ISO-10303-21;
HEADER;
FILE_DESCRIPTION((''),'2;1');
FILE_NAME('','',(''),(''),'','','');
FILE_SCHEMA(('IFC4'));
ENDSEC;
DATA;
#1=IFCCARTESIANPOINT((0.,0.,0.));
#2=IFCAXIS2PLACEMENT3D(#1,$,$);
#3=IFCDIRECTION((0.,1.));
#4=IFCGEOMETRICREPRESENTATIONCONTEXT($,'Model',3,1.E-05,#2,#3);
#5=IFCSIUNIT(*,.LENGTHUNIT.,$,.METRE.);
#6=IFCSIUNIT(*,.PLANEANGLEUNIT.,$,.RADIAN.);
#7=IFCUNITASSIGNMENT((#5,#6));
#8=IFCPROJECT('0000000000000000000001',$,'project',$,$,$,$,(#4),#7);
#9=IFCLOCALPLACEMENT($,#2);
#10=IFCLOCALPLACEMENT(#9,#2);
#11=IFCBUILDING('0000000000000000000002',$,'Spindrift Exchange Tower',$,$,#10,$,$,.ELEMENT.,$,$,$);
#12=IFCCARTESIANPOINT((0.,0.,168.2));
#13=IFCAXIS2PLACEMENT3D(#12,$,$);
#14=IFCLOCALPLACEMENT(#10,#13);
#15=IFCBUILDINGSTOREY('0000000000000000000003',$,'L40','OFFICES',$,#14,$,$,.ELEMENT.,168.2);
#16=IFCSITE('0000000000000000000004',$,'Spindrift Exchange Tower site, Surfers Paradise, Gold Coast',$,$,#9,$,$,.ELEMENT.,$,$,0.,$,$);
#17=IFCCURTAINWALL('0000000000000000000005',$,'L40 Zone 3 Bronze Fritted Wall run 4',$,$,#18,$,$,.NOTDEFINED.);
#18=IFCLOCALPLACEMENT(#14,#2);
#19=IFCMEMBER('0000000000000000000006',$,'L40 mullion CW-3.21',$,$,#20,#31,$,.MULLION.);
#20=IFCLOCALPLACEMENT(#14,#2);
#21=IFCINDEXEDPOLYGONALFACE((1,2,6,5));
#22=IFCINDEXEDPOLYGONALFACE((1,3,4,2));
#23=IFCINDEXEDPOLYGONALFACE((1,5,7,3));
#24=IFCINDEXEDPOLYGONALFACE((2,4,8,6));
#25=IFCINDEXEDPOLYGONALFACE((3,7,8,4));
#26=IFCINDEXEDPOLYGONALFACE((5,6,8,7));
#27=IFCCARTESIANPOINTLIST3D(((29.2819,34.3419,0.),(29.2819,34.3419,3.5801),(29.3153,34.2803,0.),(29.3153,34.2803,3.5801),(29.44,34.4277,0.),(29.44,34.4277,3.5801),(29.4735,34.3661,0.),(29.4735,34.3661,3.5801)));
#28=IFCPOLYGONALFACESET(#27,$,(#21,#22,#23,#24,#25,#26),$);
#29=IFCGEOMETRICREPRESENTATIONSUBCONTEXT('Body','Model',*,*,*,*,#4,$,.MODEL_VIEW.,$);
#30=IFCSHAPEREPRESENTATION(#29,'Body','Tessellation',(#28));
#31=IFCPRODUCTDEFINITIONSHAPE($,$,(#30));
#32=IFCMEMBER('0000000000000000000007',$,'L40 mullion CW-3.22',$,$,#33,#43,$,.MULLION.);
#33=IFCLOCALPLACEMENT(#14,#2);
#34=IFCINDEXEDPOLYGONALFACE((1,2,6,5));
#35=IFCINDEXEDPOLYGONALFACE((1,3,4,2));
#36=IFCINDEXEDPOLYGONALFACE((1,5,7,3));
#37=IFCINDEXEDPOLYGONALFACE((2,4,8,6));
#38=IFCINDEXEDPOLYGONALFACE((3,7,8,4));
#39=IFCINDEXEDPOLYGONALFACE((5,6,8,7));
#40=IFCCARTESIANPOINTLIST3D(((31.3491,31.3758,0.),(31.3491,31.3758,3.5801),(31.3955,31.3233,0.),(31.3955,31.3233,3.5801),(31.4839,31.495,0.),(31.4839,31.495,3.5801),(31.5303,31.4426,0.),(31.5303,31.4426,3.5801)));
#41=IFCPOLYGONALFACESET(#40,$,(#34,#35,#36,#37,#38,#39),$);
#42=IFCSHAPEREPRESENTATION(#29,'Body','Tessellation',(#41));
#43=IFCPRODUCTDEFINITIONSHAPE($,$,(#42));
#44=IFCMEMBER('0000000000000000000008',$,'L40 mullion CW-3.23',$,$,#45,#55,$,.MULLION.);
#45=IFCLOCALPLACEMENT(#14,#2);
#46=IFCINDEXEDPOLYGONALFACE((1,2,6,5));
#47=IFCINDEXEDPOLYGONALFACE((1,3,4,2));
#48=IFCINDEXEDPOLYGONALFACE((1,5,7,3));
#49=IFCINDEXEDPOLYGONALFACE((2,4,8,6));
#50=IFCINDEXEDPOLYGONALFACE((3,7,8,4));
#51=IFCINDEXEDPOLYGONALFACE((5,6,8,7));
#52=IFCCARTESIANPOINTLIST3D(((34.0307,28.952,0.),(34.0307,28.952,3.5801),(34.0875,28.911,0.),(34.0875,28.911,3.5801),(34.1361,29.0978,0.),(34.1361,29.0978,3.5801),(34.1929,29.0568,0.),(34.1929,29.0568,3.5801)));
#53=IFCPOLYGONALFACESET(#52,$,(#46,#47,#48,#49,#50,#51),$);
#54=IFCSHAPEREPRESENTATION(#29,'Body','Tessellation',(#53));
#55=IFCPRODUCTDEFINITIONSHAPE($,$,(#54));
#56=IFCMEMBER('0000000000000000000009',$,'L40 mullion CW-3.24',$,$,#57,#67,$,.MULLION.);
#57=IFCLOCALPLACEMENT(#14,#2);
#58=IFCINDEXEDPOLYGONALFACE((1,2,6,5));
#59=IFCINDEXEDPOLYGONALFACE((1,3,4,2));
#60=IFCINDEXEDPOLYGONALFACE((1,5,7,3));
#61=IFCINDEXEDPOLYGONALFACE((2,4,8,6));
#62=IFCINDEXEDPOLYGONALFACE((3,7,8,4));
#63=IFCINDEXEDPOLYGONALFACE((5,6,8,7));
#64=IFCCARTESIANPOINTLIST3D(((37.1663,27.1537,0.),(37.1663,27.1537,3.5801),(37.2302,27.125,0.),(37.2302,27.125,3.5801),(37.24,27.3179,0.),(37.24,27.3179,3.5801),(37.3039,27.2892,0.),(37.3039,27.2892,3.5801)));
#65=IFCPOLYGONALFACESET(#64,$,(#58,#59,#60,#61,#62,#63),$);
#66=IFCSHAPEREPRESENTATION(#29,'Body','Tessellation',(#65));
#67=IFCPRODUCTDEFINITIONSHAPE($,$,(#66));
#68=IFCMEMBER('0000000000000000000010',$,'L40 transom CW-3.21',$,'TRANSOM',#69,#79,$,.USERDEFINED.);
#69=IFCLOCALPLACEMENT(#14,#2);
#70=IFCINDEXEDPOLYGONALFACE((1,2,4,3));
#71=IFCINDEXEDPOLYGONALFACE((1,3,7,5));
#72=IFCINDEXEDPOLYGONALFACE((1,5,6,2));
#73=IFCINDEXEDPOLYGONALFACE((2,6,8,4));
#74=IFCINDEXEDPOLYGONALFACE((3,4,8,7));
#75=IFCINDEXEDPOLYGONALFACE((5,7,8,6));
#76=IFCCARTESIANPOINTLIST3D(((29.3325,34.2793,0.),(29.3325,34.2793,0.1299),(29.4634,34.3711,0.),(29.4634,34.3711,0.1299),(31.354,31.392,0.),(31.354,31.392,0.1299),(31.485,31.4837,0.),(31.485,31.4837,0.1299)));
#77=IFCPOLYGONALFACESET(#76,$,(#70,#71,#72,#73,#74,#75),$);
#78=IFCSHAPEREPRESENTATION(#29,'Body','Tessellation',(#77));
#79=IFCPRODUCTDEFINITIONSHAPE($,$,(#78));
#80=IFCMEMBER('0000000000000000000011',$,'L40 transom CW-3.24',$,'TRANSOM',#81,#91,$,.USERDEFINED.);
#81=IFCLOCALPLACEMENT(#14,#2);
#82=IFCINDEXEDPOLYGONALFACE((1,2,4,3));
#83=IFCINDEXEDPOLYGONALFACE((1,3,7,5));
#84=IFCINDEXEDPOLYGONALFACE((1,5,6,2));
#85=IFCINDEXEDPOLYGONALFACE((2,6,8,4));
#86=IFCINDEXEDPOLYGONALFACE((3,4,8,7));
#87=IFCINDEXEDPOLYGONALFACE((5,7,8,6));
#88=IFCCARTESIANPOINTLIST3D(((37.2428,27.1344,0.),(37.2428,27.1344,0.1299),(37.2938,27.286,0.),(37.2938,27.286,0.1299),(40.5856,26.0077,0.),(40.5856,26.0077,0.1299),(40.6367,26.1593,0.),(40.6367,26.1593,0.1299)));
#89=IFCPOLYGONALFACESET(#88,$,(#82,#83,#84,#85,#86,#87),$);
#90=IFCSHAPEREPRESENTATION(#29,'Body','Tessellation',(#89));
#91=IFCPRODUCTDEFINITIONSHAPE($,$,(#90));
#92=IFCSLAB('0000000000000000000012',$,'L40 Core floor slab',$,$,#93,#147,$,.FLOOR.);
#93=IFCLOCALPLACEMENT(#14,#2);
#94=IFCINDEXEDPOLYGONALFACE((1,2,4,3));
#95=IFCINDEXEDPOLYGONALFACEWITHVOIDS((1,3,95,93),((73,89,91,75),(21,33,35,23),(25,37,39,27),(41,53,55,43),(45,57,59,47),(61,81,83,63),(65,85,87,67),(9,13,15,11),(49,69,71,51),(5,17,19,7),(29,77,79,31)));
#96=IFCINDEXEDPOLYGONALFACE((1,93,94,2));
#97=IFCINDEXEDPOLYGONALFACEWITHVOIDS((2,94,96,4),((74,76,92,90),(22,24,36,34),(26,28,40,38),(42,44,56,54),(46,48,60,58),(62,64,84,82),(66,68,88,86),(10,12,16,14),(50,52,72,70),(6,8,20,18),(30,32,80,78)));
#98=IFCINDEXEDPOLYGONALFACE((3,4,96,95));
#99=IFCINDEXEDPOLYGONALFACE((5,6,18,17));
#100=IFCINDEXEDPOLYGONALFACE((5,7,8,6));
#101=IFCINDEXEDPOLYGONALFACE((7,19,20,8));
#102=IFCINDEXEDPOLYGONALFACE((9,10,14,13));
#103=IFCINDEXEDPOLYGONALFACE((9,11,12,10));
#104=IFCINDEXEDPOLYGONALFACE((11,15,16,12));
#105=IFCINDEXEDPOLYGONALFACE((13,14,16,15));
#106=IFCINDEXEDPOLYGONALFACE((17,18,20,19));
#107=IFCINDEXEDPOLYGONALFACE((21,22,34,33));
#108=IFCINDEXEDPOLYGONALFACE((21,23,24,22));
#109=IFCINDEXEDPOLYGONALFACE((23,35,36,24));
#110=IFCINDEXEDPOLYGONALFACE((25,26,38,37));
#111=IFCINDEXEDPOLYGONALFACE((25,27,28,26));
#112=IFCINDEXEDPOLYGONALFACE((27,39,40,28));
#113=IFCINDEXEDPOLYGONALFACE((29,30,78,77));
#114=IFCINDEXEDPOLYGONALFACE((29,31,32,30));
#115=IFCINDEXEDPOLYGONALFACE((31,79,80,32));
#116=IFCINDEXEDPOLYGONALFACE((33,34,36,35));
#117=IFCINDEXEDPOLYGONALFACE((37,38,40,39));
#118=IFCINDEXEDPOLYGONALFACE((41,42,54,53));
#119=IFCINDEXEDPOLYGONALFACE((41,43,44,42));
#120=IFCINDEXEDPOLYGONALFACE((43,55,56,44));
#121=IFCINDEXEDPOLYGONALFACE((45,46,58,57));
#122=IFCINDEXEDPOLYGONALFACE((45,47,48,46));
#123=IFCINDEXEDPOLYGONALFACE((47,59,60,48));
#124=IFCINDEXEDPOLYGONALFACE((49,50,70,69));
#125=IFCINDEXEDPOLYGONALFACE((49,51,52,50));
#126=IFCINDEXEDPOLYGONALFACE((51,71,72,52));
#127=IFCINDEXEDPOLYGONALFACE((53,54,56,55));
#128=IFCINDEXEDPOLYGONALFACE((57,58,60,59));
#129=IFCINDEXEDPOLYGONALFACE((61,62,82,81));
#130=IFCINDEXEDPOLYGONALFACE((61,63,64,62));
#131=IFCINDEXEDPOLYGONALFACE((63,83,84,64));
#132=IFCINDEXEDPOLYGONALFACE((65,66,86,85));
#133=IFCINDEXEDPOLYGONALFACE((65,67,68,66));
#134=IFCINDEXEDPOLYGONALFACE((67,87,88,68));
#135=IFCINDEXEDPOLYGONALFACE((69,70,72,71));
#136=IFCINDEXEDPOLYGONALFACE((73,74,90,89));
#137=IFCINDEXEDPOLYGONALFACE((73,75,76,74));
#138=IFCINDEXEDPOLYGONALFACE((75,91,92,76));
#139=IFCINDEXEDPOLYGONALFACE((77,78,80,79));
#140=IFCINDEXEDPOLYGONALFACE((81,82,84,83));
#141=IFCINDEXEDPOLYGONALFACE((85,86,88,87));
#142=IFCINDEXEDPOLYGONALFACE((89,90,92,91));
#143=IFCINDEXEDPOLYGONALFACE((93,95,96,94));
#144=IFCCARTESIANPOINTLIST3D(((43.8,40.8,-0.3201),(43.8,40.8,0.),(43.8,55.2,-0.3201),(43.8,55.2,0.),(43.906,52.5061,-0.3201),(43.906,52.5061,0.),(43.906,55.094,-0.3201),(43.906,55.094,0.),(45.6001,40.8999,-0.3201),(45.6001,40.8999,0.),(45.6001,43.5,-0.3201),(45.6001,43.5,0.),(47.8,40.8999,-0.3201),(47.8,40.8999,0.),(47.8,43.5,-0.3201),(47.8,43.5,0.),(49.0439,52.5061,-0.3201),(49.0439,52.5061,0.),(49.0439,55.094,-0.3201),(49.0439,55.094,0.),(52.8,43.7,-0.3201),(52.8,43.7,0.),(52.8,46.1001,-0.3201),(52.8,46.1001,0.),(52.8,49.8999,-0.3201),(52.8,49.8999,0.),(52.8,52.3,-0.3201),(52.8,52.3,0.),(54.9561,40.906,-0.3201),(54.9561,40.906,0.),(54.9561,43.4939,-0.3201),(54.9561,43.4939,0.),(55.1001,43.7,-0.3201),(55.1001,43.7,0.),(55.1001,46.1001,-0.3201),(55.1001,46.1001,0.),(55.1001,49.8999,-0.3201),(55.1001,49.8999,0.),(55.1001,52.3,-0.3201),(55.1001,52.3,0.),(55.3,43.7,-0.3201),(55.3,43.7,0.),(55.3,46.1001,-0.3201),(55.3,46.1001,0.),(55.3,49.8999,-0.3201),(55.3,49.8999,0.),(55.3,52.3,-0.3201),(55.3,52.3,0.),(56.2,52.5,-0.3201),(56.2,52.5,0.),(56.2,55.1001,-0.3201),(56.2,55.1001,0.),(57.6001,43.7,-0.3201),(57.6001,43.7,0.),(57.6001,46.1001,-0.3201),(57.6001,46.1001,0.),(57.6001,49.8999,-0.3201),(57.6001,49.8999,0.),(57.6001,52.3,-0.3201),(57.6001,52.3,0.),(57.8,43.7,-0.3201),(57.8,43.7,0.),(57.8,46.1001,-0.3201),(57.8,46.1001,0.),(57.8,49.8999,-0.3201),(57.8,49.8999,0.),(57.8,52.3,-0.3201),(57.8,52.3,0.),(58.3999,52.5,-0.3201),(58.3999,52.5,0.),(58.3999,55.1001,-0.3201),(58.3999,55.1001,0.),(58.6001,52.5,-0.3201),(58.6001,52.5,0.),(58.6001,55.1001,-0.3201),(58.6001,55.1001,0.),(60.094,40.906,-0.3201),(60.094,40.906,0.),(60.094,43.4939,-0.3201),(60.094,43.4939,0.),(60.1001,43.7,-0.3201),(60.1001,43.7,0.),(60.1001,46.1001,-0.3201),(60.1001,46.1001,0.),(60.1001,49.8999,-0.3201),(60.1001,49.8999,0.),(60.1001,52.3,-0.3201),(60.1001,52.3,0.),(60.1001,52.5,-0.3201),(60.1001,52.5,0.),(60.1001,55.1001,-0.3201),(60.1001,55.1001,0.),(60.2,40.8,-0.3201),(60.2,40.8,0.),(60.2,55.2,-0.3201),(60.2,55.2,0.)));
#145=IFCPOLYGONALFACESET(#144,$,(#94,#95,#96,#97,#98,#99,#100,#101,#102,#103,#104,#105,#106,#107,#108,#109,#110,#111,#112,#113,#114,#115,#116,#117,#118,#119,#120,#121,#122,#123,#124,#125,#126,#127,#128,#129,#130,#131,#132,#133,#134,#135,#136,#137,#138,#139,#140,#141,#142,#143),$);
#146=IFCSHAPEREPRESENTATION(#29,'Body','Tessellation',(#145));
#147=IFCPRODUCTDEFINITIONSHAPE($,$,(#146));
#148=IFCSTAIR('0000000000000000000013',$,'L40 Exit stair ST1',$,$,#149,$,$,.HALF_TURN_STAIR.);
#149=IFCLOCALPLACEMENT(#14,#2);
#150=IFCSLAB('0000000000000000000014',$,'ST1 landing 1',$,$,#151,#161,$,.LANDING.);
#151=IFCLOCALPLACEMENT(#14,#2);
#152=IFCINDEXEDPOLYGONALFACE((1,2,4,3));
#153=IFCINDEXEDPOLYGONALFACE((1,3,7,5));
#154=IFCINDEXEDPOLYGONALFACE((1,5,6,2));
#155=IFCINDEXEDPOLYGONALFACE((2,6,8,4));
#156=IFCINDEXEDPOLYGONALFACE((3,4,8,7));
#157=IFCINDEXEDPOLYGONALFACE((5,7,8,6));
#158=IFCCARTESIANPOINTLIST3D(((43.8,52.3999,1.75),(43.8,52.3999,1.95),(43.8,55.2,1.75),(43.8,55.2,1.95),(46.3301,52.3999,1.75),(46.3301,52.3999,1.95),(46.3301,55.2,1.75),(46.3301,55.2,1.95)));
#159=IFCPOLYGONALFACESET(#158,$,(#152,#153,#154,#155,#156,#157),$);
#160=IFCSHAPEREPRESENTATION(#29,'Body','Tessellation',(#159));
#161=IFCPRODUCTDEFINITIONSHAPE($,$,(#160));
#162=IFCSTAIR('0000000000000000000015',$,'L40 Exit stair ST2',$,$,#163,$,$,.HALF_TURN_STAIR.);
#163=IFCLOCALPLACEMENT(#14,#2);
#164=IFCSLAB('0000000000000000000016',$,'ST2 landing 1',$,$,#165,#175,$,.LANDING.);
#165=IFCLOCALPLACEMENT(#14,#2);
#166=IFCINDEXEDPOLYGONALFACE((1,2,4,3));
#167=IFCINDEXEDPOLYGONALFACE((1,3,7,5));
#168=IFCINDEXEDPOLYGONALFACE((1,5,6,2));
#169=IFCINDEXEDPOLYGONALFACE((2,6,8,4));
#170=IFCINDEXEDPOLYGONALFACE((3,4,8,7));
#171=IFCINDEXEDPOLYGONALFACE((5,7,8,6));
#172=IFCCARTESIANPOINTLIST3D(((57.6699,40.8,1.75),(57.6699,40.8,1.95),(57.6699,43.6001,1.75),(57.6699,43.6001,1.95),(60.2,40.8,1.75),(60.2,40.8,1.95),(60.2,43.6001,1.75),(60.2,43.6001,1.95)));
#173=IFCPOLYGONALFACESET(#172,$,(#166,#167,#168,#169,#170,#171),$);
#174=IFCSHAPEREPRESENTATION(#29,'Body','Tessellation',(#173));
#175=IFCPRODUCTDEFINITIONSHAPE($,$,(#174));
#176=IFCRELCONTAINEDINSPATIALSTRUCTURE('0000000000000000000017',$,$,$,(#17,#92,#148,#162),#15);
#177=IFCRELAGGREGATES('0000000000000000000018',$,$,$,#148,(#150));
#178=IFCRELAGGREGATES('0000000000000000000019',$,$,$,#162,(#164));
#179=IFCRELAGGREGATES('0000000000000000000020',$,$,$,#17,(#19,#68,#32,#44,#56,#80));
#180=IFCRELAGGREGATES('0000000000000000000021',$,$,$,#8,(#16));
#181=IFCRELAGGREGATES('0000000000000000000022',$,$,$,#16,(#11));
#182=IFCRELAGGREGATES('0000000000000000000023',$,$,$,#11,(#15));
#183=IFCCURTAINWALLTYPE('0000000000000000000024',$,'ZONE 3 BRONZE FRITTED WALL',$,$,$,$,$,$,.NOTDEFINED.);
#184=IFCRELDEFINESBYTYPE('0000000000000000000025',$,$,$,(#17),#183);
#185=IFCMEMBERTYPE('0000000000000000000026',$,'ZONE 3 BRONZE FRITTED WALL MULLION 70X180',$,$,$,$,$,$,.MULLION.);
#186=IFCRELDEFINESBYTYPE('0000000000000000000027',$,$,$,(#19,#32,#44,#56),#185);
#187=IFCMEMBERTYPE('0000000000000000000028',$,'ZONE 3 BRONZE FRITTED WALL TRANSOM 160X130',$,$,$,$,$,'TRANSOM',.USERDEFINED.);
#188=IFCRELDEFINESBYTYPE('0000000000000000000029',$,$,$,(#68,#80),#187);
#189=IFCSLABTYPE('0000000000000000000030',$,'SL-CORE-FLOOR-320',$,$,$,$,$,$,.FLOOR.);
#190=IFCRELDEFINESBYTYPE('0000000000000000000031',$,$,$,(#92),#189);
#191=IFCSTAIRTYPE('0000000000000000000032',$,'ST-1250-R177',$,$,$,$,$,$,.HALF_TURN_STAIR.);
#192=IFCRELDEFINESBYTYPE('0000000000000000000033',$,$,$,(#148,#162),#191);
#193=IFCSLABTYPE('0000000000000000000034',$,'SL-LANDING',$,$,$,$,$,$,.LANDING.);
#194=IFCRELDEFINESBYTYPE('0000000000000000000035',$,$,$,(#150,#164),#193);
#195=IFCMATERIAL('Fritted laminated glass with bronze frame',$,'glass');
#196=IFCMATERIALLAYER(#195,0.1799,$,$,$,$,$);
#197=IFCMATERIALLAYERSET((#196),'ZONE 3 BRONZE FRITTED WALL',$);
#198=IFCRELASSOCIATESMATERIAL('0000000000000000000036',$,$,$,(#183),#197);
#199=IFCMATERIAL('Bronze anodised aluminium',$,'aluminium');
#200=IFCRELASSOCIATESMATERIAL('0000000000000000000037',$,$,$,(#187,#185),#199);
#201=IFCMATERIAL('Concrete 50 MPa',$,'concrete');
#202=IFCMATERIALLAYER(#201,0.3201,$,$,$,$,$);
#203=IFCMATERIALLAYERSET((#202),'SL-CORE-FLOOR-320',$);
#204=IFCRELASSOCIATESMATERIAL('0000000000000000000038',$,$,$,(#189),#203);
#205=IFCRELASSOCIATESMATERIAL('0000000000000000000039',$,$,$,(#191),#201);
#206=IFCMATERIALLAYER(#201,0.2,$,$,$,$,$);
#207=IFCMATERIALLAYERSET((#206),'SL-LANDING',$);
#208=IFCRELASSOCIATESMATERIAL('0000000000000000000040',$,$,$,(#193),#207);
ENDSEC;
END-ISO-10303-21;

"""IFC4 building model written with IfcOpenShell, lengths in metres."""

from ifc_helpers import new_model, si_unit, direction, frame, origin, origin_2d, place, context, subcontext, project, spatial, line, indexed_curve, rectangle, outline, extrude, source, transform, mapped, material, layer, layer_set, material_profile, profile_set, type_object, element, aggregate, save


model = new_model("IFC4")

# Units and contexts
model_context = context("Model", 3, precision=1e-05, world=origin(), true_north=direction((0.0, 1.0)))
body_context = subcontext(model_context, "Body", "Model", "MODEL_VIEW")
ifc_project = project(units=[si_unit("LENGTHUNIT", "METRE"), si_unit("PLANEANGLEUNIT", "RADIAN")], contexts=[model_context])

# Site, building, storey
site_placement = place(None, origin())
site = spatial("IfcSite", under=ifc_project, at=site_placement, Name="Spindrift Exchange Tower site, Surfers Paradise, Gold Coast", CompositionType="ELEMENT", RefElevation=0.0)
building_placement = place(site_placement, origin())
building = spatial("IfcBuilding", under=site, at=building_placement, Name="Spindrift Exchange Tower", CompositionType="ELEMENT")
storey_placement = place(building_placement, frame((0.0, 0.0, 168.2)))
storey = spatial("IfcBuildingStorey", under=building, at=storey_placement, Name="L40", Description="OFFICES", CompositionType="ELEMENT", Elevation=168.2)

# Shared definitions
ifc_material_1 = material(Name="Concrete 50 MPa", Category="concrete")

# Curtain wall, members
ifc_material_2 = material(Name="Fritted laminated glass with bronze frame", Category="glass")
ifc_layer_1 = layer(ifc_material_2, 0.1799)
ifc_layer_set_1 = layer_set([ifc_layer_1], Name="ZONE 3 BRONZE FRITTED WALL")
curtain_wall_type = type_object("IfcCurtainWallType", Name="ZONE 3 BRONZE FRITTED WALL", PredefinedType="NOTDEFINED", material=ifc_layer_set_1)
curtain_wall_placement = place(storey_placement, origin())
curtain_wall = element("IfcCurtainWall", 1, at=curtain_wall_placement, inside=storey, type_object=curtain_wall_type, Name="L40 Zone 3 Bronze Fritted Wall run 4", PredefinedType="NOTDEFINED")
ifc_material_3 = material(Name="Bronze anodised aluminium", Category="aluminium")
ifc_material_profile_1 = material_profile(ifc_material_3, rectangle(XDim=0.1599, YDim=0.1299, at=origin_2d()), Name="ZONE 3 BRONZE FRITTED WALL TRANSOM 160X130")
ifc_profile_set_1 = profile_set([ifc_material_profile_1], Name="Bronze anodised aluminium")
member_type_1 = type_object("IfcMemberType", Name="ZONE 3 BRONZE FRITTED WALL TRANSOM 160X130", ElementType="TRANSOM", PredefinedType="USERDEFINED", material=ifc_profile_set_1)
ifc_material_profile_2 = material_profile(ifc_material_3, rectangle(XDim=0.0701, YDim=0.1799, at=origin_2d()), Name="ZONE 3 BRONZE FRITTED WALL MULLION 70X180")
ifc_profile_set_2 = profile_set([ifc_material_profile_2], Name="Bronze anodised aluminium")
member_type_2 = type_object("IfcMemberType", Name="ZONE 3 BRONZE FRITTED WALL MULLION 70X180", PredefinedType="MULLION", material=ifc_profile_set_2)
shared_shape_1 = source(origin(), body_context, "Body", "SweptSolid", [
    extrude(rectangle(XDim=0.0701, YDim=0.1799, at=origin_2d()), origin(), (0.0, 0.0, 1.0), 3.5801),
])
member_1_placement = place(storey_placement, frame((29.3777, 34.354, 0.0), z_axis=(0.0, 0.0, 1.0), x_axis=(0.477069, -0.878866, 0.0)))
member_1 = element("IfcMember", 2, at=member_1_placement, type_object=member_type_2, Name="L40 mullion CW-3.21", PredefinedType="MULLION", context=body_context, shape_type="MappedRepresentation", body=[
    mapped(shared_shape_1, transform((0.0, 0.0, 0.0), scale=1.0)),
])
member_2_placement = place(storey_placement, frame((31.4397, 31.4092, 0.0), z_axis=(0.0, 0.0, 1.0), x_axis=(0.662692, -0.748892, 0.0)))
member_2 = element("IfcMember", 3, at=member_2_placement, type_object=member_type_2, Name="L40 mullion CW-3.22", PredefinedType="MULLION", context=body_context, shape_type="MappedRepresentation", body=[
    mapped(shared_shape_1, transform((0.0, 0.0, 0.0), scale=1.0)),
])
member_3_placement = place(storey_placement, frame((34.1118, 29.0044, 0.0), z_axis=(0.0, 0.0, 1.0), x_axis=(0.810524, -0.585706, 0.0)))
member_3 = element("IfcMember", 4, at=member_3_placement, type_object=member_type_2, Name="L40 mullion CW-3.23", PredefinedType="MULLION", context=body_context, shape_type="MappedRepresentation", body=[
    mapped(shared_shape_1, transform((0.0, 0.0, 0.0), scale=1.0)),
])
member_4_placement = place(storey_placement, frame((37.2351, 27.2214, 0.0), z_axis=(0.0, 0.0, 1.0), x_axis=(0.912318, -0.409482, 0.0)))
member_4 = element("IfcMember", 5, at=member_4_placement, type_object=member_type_2, Name="L40 mullion CW-3.24", PredefinedType="MULLION", context=body_context, shape_type="MappedRepresentation", body=[
    mapped(shared_shape_1, transform((0.0, 0.0, 0.0), scale=1.0)),
])
shared_shape_2 = source(origin(), body_context, "Body", "SweptSolid", [
    extrude(rectangle(XDim=0.1599, YDim=0.1299, at=origin_2d()), origin(), (0.0, 0.0, 1.0), 3.5247),
])
member_5_placement = place(storey_placement, frame((29.3979, 34.3252, 0.0649), z_axis=(0.573546, -0.819173, 0.0), x_axis=(0.819173, 0.573546, 0.0)))
member_5 = element("IfcMember", 6, at=member_5_placement, type_object=member_type_1, Name="L40 transom CW-3.21", ObjectType="TRANSOM", PredefinedType="USERDEFINED", context=body_context, shape_type="MappedRepresentation", body=[
    mapped(shared_shape_2, transform((0.0, 0.0, 0.0), scale=1.0)),
])
shared_shape_3 = source(origin(), body_context, "Body", "SweptSolid", [
    extrude(rectangle(XDim=0.1599, YDim=0.1299, at=origin_2d()), origin(), (0.0, 0.0, 1.0), 3.5276),
])
member_6_placement = place(storey_placement, frame((37.2683, 27.2102, 0.0649), z_axis=(0.947619, -0.319403, 0.0), x_axis=(0.319403, 0.947619, 0.0)))
member_6 = element("IfcMember", 7, at=member_6_placement, type_object=member_type_1, Name="L40 transom CW-3.24", ObjectType="TRANSOM", PredefinedType="USERDEFINED", context=body_context, shape_type="MappedRepresentation", body=[
    mapped(shared_shape_3, transform((0.0, 0.0, 0.0), scale=1.0)),
])

# Slab
ifc_layer_2 = layer(ifc_material_1, 0.3201)
ifc_layer_set_2 = layer_set([ifc_layer_2], Name="SL-CORE-FLOOR-320")
slab_type_1 = type_object("IfcSlabType", Name="SL-CORE-FLOOR-320", PredefinedType="FLOOR", material=ifc_layer_set_2)
slab_1_placement = place(storey_placement, frame((0.0, 0.0, -0.3201)))
element("IfcSlab", 8, at=slab_1_placement, inside=storey, type_object=slab_type_1, Name="L40 Core floor slab", PredefinedType="FLOOR", context=body_context, shape_type="SweptSolid", body=[
    extrude(outline(indexed_curve([(43.8, 40.8), (43.8, 55.2), (60.2, 55.2), (60.2, 40.8)], segments=[line(1, 2, 3, 4, 1)], self_intersect=False), holes=[indexed_curve([(45.6001, 43.5), (45.6001, 40.8999), (47.8, 40.8999), (47.8, 43.5)], segments=[line(1, 2, 3, 4, 1)], self_intersect=False), indexed_curve([(52.8, 46.1001), (52.8, 43.7), (55.1001, 43.7), (55.1001, 46.1001)], segments=[line(1, 2, 3, 4, 1)], self_intersect=False), indexed_curve([(55.3, 46.1001), (55.3, 43.7), (57.6001, 43.7), (57.6001, 46.1001)], segments=[line(1, 2, 3, 4, 1)], self_intersect=False), indexed_curve([(55.1001, 52.3), (52.8, 52.3), (52.8, 49.8999), (55.1001, 49.8999)], segments=[line(1, 2, 3, 4, 1)], self_intersect=False), indexed_curve([(57.6001, 52.3), (55.3, 52.3), (55.3, 49.8999), (57.6001, 49.8999)], segments=[line(1, 2, 3, 4, 1)], self_intersect=False), indexed_curve([(43.906, 52.5061), (49.0439, 52.5061), (49.0439, 55.094), (43.906, 55.094)], segments=[line(1, 2, 3, 4, 1)], self_intersect=False), indexed_curve([(60.094, 40.906), (60.094, 43.4939), (54.9561, 43.4939), (54.9561, 40.906)], segments=[line(1, 2, 3, 4, 1)], self_intersect=False), indexed_curve([(60.1001, 46.1001), (57.8, 46.1001), (57.8, 43.7), (60.1001, 43.7)], segments=[line(1, 2, 3, 4, 1)], self_intersect=False), indexed_curve([(57.8, 52.3), (57.8, 49.8999), (60.1001, 49.8999), (60.1001, 52.3)], segments=[line(1, 2, 3, 4, 1)], self_intersect=False), indexed_curve([(58.3999, 55.1001), (56.2, 55.1001), (56.2, 52.5), (58.3999, 52.5)], segments=[line(1, 2, 3, 4, 1)], self_intersect=False), indexed_curve([(60.1001, 55.1001), (58.6001, 55.1001), (58.6001, 52.5), (60.1001, 52.5)], segments=[line(1, 2, 3, 4, 1)], self_intersect=False)]), origin(), (0.0, 0.0, 1.0), 0.3201),
])

# Stairs, slabs
stair_type = type_object("IfcStairType", Name="ST-1250-R177", PredefinedType="HALF_TURN_STAIR", material=ifc_material_1)
stair_1_placement = place(storey_placement, origin())
stair_1 = element("IfcStair", 9, at=stair_1_placement, inside=storey, type_object=stair_type, Name="L40 Exit stair ST1", PredefinedType="HALF_TURN_STAIR")
ifc_layer_3 = layer(ifc_material_1, 0.2)
ifc_layer_set_3 = layer_set([ifc_layer_3], Name="SL-LANDING")
slab_type_2 = type_object("IfcSlabType", Name="SL-LANDING", PredefinedType="LANDING", material=ifc_layer_set_3)
slab_2_placement = place(storey_placement, frame((0.0, 0.0, 1.75)))
slab_2 = element("IfcSlab", 10, at=slab_2_placement, type_object=slab_type_2, Name="ST1 landing 1", PredefinedType="LANDING", context=body_context, shape_type="SweptSolid", body=[
    extrude(outline(indexed_curve([(46.3301, 52.3999), (43.8, 52.3999), (43.8, 55.2), (46.3301, 55.2)], segments=[line(1, 2, 3, 4, 1)], self_intersect=False)), origin(), (0.0, 0.0, 1.0), 0.2),
])
aggregate(stair_1, [slab_2])
stair_2_placement = place(storey_placement, origin())
stair_2 = element("IfcStair", 11, at=stair_2_placement, inside=storey, type_object=stair_type, Name="L40 Exit stair ST2", PredefinedType="HALF_TURN_STAIR")
slab_3_placement = place(storey_placement, frame((0.0, 0.0, 1.75)))
slab_3 = element("IfcSlab", 12, at=slab_3_placement, type_object=slab_type_2, Name="ST2 landing 1", PredefinedType="LANDING", context=body_context, shape_type="SweptSolid", body=[
    extrude(outline(indexed_curve([(57.6699, 43.6001), (60.2, 43.6001), (60.2, 40.8), (57.6699, 40.8)], segments=[line(1, 2, 3, 4, 1)], self_intersect=False)), origin(), (0.0, 0.0, 1.0), 0.2),
])
aggregate(stair_2, [slab_3])

aggregate(curtain_wall, [member_1, member_5, member_2, member_3, member_4, member_6])

save(model, "model.ifc")
